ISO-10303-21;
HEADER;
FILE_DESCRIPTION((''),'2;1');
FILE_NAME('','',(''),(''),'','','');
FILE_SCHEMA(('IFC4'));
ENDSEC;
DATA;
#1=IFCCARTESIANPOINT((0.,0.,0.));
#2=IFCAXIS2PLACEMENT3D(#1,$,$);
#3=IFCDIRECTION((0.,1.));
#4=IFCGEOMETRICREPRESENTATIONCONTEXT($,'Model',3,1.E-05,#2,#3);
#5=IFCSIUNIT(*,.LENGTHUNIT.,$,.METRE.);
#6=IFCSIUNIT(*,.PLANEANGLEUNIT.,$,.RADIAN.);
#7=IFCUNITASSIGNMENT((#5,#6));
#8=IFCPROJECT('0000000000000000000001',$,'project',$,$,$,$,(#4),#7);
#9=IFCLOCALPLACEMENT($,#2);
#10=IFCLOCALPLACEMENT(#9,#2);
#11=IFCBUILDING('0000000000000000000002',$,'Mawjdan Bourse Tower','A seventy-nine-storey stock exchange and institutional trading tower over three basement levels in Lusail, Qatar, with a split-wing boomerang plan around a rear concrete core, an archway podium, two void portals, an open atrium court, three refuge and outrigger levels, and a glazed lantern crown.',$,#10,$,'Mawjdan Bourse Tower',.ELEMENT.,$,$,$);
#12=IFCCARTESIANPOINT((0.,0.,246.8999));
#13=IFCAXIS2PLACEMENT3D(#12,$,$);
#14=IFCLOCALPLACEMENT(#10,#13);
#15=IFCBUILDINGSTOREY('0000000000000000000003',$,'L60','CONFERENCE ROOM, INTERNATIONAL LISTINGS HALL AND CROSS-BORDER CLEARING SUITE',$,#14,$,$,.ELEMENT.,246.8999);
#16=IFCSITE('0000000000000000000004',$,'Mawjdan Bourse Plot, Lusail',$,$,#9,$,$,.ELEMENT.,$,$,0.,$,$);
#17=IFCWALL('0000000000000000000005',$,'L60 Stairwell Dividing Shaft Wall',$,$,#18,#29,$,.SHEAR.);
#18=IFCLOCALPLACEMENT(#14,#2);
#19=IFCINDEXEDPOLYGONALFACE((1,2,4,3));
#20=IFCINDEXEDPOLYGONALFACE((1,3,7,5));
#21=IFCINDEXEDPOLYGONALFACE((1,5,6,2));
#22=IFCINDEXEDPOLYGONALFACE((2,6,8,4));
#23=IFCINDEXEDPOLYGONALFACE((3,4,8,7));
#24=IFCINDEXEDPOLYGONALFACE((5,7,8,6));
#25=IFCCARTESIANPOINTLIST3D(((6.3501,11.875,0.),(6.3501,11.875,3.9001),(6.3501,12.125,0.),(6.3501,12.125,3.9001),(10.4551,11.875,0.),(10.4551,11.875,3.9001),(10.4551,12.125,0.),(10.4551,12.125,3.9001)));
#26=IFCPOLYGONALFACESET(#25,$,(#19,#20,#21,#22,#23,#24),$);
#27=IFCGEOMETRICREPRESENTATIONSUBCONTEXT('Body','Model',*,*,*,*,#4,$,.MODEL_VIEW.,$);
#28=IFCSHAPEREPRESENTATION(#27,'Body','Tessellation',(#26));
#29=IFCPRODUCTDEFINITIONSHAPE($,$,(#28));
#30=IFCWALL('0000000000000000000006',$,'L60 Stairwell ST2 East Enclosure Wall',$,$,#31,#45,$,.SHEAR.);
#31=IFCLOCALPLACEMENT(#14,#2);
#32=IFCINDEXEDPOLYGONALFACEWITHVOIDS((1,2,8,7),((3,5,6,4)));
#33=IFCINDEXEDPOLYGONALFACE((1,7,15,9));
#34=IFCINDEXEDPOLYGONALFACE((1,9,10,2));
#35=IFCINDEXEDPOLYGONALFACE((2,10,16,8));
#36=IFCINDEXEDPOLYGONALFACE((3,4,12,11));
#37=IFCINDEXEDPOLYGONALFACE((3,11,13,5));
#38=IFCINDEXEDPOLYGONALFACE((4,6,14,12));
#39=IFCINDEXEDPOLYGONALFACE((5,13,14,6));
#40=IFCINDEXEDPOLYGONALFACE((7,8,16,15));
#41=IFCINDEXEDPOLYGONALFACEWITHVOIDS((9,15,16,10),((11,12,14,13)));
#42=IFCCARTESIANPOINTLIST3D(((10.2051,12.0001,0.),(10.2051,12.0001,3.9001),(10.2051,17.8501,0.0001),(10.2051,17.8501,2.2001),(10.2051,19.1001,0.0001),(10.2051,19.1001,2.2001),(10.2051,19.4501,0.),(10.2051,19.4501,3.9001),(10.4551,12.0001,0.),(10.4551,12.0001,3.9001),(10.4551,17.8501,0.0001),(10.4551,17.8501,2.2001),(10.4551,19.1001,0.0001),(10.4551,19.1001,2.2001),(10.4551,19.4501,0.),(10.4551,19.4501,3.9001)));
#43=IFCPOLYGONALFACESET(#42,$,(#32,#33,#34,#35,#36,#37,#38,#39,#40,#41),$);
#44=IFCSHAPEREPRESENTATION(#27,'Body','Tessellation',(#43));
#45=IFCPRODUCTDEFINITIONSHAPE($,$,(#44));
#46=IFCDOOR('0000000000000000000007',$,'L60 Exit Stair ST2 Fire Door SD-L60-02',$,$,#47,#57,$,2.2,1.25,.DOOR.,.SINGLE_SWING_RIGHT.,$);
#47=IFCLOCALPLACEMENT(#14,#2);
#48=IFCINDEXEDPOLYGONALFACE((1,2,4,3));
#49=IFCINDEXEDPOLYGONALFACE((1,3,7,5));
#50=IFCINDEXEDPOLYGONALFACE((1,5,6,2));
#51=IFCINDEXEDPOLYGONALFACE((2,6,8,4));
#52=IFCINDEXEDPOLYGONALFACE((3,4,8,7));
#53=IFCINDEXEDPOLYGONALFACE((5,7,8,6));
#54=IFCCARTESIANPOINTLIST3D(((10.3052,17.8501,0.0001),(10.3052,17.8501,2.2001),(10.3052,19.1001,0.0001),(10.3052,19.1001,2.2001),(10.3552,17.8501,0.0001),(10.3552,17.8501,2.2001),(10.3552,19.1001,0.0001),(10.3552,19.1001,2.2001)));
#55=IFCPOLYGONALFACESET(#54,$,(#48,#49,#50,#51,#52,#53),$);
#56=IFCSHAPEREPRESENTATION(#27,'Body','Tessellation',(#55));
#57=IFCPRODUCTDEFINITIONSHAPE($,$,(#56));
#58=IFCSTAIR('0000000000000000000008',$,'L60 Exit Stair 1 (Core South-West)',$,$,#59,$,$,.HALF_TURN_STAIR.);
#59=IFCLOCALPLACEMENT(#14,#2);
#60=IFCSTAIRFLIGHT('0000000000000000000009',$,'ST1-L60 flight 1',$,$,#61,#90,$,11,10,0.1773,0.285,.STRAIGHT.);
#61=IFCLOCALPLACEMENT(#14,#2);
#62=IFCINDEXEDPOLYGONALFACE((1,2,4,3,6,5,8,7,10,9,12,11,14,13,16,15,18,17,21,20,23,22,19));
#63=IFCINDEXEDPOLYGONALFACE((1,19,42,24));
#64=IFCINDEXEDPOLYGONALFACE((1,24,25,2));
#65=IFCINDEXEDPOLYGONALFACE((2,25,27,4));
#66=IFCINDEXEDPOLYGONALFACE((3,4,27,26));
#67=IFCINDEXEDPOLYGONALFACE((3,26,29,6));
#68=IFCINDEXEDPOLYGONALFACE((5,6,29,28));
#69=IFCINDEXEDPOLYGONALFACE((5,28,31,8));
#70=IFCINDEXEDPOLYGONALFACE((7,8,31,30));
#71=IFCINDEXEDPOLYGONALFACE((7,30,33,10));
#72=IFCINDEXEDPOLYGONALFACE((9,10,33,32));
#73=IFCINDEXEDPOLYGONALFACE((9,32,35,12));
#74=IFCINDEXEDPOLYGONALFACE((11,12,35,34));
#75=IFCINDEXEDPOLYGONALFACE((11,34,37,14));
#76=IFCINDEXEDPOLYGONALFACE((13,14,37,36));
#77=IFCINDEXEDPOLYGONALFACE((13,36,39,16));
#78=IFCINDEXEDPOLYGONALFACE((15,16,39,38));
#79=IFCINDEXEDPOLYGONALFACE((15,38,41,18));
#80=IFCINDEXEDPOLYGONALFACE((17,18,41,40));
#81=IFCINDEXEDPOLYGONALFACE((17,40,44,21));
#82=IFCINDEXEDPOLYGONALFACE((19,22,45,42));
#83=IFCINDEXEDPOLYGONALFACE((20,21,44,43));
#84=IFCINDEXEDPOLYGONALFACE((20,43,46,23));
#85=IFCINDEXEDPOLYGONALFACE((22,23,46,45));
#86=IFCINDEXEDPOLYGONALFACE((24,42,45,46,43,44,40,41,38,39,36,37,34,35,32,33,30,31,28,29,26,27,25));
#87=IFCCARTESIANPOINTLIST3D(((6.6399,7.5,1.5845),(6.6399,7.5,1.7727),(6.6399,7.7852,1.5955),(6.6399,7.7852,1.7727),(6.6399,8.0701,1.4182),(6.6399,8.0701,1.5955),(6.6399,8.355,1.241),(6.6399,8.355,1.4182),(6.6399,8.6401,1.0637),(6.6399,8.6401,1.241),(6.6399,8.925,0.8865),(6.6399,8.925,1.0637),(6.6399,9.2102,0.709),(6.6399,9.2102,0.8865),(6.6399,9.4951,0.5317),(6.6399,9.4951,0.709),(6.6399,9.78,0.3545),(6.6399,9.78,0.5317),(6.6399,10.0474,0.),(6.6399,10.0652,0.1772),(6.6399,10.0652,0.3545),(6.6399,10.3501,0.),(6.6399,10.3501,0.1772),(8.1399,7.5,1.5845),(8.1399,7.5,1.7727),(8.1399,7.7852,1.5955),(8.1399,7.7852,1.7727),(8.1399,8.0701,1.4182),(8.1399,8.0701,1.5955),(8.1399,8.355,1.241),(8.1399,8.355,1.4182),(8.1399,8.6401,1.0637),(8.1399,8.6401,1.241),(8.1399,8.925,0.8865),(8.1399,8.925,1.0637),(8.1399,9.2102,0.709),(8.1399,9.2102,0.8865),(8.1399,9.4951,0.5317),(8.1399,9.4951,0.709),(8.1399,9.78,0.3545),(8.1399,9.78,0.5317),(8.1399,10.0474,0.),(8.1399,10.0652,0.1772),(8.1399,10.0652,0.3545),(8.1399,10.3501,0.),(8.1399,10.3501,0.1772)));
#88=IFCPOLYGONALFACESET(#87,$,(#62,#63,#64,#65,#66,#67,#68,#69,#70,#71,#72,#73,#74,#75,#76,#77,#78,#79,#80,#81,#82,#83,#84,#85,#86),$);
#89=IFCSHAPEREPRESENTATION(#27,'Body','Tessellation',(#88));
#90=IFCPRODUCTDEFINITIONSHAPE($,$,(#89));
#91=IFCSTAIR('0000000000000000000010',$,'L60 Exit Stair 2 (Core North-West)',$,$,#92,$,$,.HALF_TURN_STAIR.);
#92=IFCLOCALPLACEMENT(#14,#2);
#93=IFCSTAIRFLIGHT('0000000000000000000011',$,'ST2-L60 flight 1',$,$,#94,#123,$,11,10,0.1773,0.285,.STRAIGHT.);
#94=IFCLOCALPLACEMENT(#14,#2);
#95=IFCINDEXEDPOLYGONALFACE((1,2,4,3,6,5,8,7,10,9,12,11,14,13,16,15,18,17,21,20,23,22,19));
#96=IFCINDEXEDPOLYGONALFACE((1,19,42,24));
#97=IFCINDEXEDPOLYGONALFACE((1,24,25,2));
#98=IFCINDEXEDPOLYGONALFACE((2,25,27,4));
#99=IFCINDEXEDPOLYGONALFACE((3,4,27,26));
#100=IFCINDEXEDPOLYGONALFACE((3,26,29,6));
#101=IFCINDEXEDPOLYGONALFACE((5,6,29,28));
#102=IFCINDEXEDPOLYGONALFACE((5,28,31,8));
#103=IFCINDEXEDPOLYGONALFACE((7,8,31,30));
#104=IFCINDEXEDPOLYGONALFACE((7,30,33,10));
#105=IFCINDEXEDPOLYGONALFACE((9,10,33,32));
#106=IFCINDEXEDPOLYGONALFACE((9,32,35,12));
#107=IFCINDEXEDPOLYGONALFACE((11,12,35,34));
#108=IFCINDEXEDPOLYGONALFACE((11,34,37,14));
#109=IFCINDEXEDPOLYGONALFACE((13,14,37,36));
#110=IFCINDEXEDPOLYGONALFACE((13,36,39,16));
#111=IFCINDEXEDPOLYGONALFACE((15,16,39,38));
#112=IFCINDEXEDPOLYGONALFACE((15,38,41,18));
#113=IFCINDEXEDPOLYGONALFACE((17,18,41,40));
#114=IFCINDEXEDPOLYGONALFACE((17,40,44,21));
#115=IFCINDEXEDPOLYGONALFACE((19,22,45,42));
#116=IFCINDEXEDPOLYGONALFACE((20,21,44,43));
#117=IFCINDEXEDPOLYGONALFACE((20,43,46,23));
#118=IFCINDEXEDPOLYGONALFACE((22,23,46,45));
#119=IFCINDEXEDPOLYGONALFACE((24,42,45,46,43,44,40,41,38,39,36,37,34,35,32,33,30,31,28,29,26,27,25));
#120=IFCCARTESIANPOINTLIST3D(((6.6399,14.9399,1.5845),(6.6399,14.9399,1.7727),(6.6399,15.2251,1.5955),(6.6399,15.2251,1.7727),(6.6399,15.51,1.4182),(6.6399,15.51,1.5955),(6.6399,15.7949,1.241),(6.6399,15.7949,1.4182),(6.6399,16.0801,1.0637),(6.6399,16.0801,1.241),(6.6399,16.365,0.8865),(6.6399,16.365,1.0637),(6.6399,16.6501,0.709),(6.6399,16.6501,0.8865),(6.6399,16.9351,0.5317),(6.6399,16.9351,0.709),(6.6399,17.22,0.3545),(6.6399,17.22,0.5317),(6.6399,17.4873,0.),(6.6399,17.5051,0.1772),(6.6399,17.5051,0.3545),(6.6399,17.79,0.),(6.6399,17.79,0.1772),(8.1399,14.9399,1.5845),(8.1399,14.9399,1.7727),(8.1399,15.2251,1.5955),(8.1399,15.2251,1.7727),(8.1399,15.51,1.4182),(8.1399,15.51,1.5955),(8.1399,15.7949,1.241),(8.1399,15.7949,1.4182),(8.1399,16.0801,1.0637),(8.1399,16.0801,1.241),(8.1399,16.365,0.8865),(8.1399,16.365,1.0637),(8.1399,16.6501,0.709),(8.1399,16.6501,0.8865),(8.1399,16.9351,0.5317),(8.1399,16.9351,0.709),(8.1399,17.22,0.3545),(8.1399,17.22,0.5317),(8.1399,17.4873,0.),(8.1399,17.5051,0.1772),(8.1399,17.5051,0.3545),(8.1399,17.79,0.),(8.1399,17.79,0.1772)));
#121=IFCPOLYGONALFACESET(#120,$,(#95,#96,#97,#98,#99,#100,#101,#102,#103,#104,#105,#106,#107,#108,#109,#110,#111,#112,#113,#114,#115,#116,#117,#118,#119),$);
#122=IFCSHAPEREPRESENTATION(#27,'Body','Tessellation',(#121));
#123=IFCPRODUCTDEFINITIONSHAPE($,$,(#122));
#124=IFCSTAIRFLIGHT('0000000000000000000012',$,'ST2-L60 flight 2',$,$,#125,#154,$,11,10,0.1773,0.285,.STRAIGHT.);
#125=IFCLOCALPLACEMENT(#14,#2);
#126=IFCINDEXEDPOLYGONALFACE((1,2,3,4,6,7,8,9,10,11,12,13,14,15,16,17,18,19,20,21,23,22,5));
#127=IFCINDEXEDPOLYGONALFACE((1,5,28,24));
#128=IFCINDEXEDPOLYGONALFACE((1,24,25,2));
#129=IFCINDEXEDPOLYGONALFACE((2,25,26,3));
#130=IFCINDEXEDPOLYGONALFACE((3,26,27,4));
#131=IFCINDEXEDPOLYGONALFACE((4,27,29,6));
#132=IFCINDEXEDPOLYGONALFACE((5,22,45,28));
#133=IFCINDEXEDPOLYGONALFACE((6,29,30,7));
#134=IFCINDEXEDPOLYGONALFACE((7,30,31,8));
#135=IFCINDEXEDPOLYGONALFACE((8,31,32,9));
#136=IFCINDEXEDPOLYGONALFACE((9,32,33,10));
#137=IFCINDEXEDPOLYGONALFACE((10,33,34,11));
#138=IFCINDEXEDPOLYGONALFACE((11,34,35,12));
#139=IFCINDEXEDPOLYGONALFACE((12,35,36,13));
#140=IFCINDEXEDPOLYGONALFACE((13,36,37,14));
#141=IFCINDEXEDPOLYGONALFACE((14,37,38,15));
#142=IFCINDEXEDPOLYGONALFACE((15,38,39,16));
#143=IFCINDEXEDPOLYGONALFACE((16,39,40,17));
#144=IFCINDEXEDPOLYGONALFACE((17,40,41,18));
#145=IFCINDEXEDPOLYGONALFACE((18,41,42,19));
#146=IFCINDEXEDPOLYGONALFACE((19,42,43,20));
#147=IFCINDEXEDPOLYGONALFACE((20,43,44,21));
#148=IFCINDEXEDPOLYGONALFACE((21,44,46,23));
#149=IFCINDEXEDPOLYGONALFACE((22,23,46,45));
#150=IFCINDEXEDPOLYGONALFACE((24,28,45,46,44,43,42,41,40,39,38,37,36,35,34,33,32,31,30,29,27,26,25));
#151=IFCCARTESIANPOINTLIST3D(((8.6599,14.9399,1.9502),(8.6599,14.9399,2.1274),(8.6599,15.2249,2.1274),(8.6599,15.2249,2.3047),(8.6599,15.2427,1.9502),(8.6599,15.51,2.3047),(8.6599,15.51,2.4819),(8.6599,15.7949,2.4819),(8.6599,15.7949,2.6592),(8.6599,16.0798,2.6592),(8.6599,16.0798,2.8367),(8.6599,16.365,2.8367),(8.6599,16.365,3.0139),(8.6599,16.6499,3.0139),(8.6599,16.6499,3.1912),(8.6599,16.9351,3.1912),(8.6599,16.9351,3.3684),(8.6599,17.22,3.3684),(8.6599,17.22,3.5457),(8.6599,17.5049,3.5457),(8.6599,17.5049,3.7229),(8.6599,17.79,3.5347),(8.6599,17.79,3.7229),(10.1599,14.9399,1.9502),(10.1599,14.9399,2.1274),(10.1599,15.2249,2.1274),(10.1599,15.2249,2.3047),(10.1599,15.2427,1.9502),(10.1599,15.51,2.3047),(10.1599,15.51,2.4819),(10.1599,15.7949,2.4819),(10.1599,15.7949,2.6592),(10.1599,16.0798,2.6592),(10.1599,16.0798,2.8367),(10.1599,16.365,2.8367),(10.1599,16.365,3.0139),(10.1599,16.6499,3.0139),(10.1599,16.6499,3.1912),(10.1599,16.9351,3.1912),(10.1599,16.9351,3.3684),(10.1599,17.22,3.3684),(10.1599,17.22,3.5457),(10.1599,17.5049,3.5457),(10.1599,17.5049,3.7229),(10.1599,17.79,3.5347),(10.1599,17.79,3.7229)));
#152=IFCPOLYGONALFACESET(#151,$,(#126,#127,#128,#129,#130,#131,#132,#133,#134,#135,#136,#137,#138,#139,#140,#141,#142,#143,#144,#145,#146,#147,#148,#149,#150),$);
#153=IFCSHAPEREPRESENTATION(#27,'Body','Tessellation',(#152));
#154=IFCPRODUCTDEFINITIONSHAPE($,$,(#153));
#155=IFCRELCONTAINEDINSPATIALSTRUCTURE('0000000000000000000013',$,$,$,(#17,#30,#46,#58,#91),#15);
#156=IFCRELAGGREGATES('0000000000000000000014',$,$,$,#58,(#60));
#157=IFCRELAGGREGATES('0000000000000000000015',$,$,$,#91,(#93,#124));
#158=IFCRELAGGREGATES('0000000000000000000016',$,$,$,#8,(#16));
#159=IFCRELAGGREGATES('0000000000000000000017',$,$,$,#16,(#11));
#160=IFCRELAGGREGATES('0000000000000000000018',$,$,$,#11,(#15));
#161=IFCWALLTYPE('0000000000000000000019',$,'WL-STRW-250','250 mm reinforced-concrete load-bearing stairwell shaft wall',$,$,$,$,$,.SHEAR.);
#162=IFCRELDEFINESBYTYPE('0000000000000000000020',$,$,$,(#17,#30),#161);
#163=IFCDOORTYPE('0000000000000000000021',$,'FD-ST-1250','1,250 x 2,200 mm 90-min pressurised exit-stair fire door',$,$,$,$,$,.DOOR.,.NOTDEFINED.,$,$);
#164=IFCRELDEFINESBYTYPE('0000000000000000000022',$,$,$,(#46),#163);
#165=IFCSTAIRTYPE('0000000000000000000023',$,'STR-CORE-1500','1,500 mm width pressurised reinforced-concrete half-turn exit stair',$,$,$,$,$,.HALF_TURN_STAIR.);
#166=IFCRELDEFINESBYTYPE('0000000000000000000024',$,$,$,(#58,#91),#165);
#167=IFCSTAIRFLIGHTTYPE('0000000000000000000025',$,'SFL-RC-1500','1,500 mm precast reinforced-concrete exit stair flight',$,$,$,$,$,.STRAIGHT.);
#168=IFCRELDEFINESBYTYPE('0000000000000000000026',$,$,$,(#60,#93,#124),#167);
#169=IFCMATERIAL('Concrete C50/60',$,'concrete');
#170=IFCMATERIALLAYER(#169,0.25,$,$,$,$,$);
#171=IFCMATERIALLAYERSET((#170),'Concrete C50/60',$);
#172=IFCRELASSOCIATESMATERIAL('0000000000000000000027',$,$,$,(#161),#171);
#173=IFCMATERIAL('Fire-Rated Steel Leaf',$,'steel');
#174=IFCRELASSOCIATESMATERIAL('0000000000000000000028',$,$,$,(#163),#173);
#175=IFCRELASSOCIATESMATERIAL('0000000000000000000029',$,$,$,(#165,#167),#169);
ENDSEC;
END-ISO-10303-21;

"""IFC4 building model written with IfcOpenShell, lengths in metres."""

from ifc_helpers import new_model, si_unit, direction, frame, frame_2d, origin, place, context, subcontext, project, spatial, polyline, rectangle, outline, extrude, material, layer, layer_set, type_object, element, fill, aggregate, save


model = new_model("IFC4")

# Units and contexts
model_context = context("Model", 3, precision=1e-05, world=origin(), true_north=direction((0.0, 1.0)))
body_context = subcontext(model_context, "Body", "Model", "MODEL_VIEW")
ifc_project = project(units=[si_unit("LENGTHUNIT", "METRE"), si_unit("PLANEANGLEUNIT", "RADIAN")], contexts=[model_context])

# Site, building, storey
site_placement = place(None, origin())
site = spatial("IfcSite", under=ifc_project, at=site_placement, Name="Mawjdan Bourse Plot, Lusail", CompositionType="ELEMENT", RefElevation=0.0)
building_placement = place(site_placement, origin())
building = spatial("IfcBuilding", under=site, at=building_placement, Name="Mawjdan Bourse Tower", Description="A seventy-nine-storey stock exchange and institutional trading tower over three basement levels in Lusail, Qatar, with a split-wing boomerang plan around a rear concrete core, an archway podium, two void portals, an open atrium court, three refuge and outrigger levels, and a glazed lantern crown.", LongName="Mawjdan Bourse Tower", CompositionType="ELEMENT")
storey_placement = place(building_placement, frame((0.0, 0.0, 246.8999)))
storey = spatial("IfcBuildingStorey", under=building, at=storey_placement, Name="L60", Description="CONFERENCE ROOM, INTERNATIONAL LISTINGS HALL AND CROSS-BORDER CLEARING SUITE", CompositionType="ELEMENT", Elevation=246.8999)

# Shared definitions
ifc_material_1 = material(Name="Concrete C50/60", Category="concrete")

# Wall
ifc_layer_1 = layer(ifc_material_1, 0.25)
ifc_layer_set_1 = layer_set([ifc_layer_1], Name="Concrete C50/60")
wall_type_1 = type_object("IfcWallType", Name="WL-STRW-250", Description="250 mm reinforced-concrete load-bearing stairwell shaft wall", PredefinedType="SHEAR", material=ifc_layer_set_1)
wall_1_placement = place(storey_placement, frame((6.3501, 12.0, 0.0), z_axis=(0.0, 0.0, 1.0), x_axis=(1.0, 0.0, 0.0)))
element("IfcWall", 1, at=wall_1_placement, inside=storey, type_object=wall_type_1, Name="L60 Stairwell Dividing Shaft Wall", PredefinedType="SHEAR", context=body_context, shape_type="SweptSolid", body=[
    extrude(rectangle(XDim=4.105, YDim=0.25, at=frame_2d((2.0525, 0.0))), origin(), (0.0, 0.0, 1.0), 3.9001),
])

# Wall, opening, door
wall_2_placement = place(storey_placement, frame((10.3301, 12.0, 0.0), z_axis=(0.0, 0.0, 1.0), x_axis=(0.0, 1.0, 0.0)))
wall_2 = element("IfcWall", 2, at=wall_2_placement, inside=storey, type_object=wall_type_1, Name="L60 Stairwell ST2 East Enclosure Wall", PredefinedType="SHEAR", context=body_context, shape_type="SweptSolid", body=[
    extrude(rectangle(XDim=7.45, YDim=0.25, at=frame_2d((3.7251, 0.0))), origin(), (0.0, 0.0, 1.0), 3.9001),
])
opening_1_placement = place(wall_2_placement, frame((5.8501, 0.0, 0.0)))
opening_1 = element("IfcOpeningElement", 3, at=opening_1_placement, cuts=wall_2, PredefinedType="OPENING", context=body_context, shape_type="SweptSolid", body=[
    extrude(rectangle(XDim=1.25, YDim=2.2, at=frame_2d((0.625, 1.1001))), frame((0.0, 0.135, 0.0), z_axis=(0.0, -1.0, 0.0), x_axis=(1.0, 0.0, 0.0)), (0.0, 0.0, 1.0), 0.27),
])
ifc_material_2 = material(Name="Fire-Rated Steel Leaf", Category="steel")
door_type_1 = type_object("IfcDoorType", Name="FD-ST-1250", Description="1,250 x 2,200 mm 90-min pressurised exit-stair fire door", OperationType="NOTDEFINED", PredefinedType="DOOR", material=ifc_material_2)
door_1_placement = place(opening_1_placement, origin())
door_1 = element("IfcDoor", 4, at=door_1_placement, inside=storey, type_object=door_type_1, Name="L60 Exit Stair ST2 Fire Door SD-L60-02", OperationType="SINGLE_SWING_RIGHT", OverallHeight=2.2, OverallWidth=1.25, PredefinedType="DOOR", context=body_context, shape_type="SweptSolid", body=[
    extrude(rectangle(XDim=1.25, YDim=2.2, at=frame_2d((0.625, 1.1001))), frame((0.0, 0.0249, 0.0), z_axis=(0.0, -1.0, 0.0), x_axis=(1.0, 0.0, 0.0)), (0.0, 0.0, 1.0), 0.05),
])
fill(opening_1, door_1)

# Stair, stair flight
stair_type = type_object("IfcStairType", Name="STR-CORE-1500", Description="1,500 mm width pressurised reinforced-concrete half-turn exit stair", PredefinedType="HALF_TURN_STAIR", material=ifc_material_1)
stair_1_placement = place(storey_placement, origin())
stair_1 = element("IfcStair", 5, at=stair_1_placement, inside=storey, type_object=stair_type, Name="L60 Exit Stair 1 (Core South-West)", PredefinedType="HALF_TURN_STAIR")
stair_flight_type = type_object("IfcStairFlightType", Name="SFL-RC-1500", Description="1,500 mm precast reinforced-concrete exit stair flight", PredefinedType="STRAIGHT", material=ifc_material_1)
stair_flight_1_placement = place(storey_placement, frame((7.3899, 10.3501, 0.0), z_axis=(0.0, 0.0, 1.0), x_axis=(0.0, -1.0, 0.0)))
stair_flight_1 = element("IfcStairFlight", 6, at=stair_flight_1_placement, type_object=stair_flight_type, Name="ST1-L60 flight 1", NumberOfRisers=11, NumberOfTreads=10, PredefinedType="STRAIGHT", RiserHeight=0.1773, TreadLength=0.285, context=body_context, shape_type="SweptSolid", body=[
    extrude(outline(polyline([(0.0, 0.0), (0.0, 0.1772), (0.2849, 0.1772), (0.2849, 0.3545), (0.5701, 0.3545), (0.5701, 0.5317), (0.855, 0.5317), (0.855, 0.709), (1.1399, 0.709), (1.1399, 0.8865), (1.425, 0.8865), (1.425, 1.0637), (1.71, 1.0637), (1.71, 1.241), (1.9951, 1.241), (1.9951, 1.4182), (2.28, 1.4182), (2.28, 1.5955), (2.5649, 1.5955), (2.5649, 1.7727), (2.8501, 1.7727), (2.8501, 1.95), (2.8501, 1.5845), (0.3027, 0.0), (0.0, 0.0)])), frame((0.0, 0.75, 0.0), z_axis=(0.0, -1.0, 0.0), x_axis=(1.0, 0.0, 0.0)), (0.0, 0.0, 1.0), 1.5),
])
aggregate(stair_1, [stair_flight_1])

# Stair, stair flights
stair_2_placement = place(storey_placement, origin())
stair_2 = element("IfcStair", 7, at=stair_2_placement, inside=storey, type_object=stair_type, Name="L60 Exit Stair 2 (Core North-West)", PredefinedType="HALF_TURN_STAIR")
stair_flight_2_placement = place(storey_placement, frame((7.3899, 17.79, 0.0), z_axis=(0.0, 0.0, 1.0), x_axis=(0.0, -1.0, 0.0)))
stair_flight_2 = element("IfcStairFlight", 8, at=stair_flight_2_placement, type_object=stair_flight_type, Name="ST2-L60 flight 1", NumberOfRisers=11, NumberOfTreads=10, PredefinedType="STRAIGHT", RiserHeight=0.1773, TreadLength=0.285, context=body_context, shape_type="SweptSolid", body=[
    extrude(outline(polyline([(0.0, 0.0), (0.0, 0.1772), (0.2849, 0.1772), (0.2849, 0.3545), (0.5701, 0.3545), (0.5701, 0.5317), (0.855, 0.5317), (0.855, 0.709), (1.1399, 0.709), (1.1399, 0.8865), (1.425, 0.8865), (1.425, 1.0637), (1.71, 1.0637), (1.71, 1.241), (1.9951, 1.241), (1.9951, 1.4182), (2.28, 1.4182), (2.28, 1.5955), (2.5649, 1.5955), (2.5649, 1.7727), (2.8501, 1.7727), (2.8501, 1.95), (2.8501, 1.5845), (0.3027, 0.0), (0.0, 0.0)])), frame((0.0, 0.75, 0.0), z_axis=(0.0, -1.0, 0.0), x_axis=(1.0, 0.0, 0.0)), (0.0, 0.0, 1.0), 1.5),
])
stair_flight_3_placement = place(storey_placement, frame((9.4099, 14.9399, 1.9502), z_axis=(0.0, 0.0, 1.0), x_axis=(0.0, 1.0, 0.0)))
stair_flight_3 = element("IfcStairFlight", 9, at=stair_flight_3_placement, type_object=stair_flight_type, Name="ST2-L60 flight 2", NumberOfRisers=11, NumberOfTreads=10, PredefinedType="STRAIGHT", RiserHeight=0.1773, TreadLength=0.285, context=body_context, shape_type="SweptSolid", body=[
    extrude(outline(polyline([(0.0, 0.0), (0.0, 0.1772), (0.2849, 0.1772), (0.2849, 0.3545), (0.5701, 0.3545), (0.5701, 0.5317), (0.855, 0.5317), (0.855, 0.709), (1.1399, 0.709), (1.1399, 0.8865), (1.425, 0.8865), (1.425, 1.0637), (1.71, 1.0637), (1.71, 1.241), (1.9951, 1.241), (1.9951, 1.4182), (2.28, 1.4182), (2.28, 1.5955), (2.5649, 1.5955), (2.5649, 1.7727), (2.8501, 1.7727), (2.8501, 1.95), (2.8501, 1.5845), (0.3027, 0.0), (0.0, 0.0)])), frame((0.0, 0.75, 0.0), z_axis=(0.0, -1.0, 0.0), x_axis=(1.0, 0.0, 0.0)), (0.0, 0.0, 1.0), 1.5),
])
aggregate(stair_2, [stair_flight_2, stair_flight_3])

save(model, "model.ifc")
